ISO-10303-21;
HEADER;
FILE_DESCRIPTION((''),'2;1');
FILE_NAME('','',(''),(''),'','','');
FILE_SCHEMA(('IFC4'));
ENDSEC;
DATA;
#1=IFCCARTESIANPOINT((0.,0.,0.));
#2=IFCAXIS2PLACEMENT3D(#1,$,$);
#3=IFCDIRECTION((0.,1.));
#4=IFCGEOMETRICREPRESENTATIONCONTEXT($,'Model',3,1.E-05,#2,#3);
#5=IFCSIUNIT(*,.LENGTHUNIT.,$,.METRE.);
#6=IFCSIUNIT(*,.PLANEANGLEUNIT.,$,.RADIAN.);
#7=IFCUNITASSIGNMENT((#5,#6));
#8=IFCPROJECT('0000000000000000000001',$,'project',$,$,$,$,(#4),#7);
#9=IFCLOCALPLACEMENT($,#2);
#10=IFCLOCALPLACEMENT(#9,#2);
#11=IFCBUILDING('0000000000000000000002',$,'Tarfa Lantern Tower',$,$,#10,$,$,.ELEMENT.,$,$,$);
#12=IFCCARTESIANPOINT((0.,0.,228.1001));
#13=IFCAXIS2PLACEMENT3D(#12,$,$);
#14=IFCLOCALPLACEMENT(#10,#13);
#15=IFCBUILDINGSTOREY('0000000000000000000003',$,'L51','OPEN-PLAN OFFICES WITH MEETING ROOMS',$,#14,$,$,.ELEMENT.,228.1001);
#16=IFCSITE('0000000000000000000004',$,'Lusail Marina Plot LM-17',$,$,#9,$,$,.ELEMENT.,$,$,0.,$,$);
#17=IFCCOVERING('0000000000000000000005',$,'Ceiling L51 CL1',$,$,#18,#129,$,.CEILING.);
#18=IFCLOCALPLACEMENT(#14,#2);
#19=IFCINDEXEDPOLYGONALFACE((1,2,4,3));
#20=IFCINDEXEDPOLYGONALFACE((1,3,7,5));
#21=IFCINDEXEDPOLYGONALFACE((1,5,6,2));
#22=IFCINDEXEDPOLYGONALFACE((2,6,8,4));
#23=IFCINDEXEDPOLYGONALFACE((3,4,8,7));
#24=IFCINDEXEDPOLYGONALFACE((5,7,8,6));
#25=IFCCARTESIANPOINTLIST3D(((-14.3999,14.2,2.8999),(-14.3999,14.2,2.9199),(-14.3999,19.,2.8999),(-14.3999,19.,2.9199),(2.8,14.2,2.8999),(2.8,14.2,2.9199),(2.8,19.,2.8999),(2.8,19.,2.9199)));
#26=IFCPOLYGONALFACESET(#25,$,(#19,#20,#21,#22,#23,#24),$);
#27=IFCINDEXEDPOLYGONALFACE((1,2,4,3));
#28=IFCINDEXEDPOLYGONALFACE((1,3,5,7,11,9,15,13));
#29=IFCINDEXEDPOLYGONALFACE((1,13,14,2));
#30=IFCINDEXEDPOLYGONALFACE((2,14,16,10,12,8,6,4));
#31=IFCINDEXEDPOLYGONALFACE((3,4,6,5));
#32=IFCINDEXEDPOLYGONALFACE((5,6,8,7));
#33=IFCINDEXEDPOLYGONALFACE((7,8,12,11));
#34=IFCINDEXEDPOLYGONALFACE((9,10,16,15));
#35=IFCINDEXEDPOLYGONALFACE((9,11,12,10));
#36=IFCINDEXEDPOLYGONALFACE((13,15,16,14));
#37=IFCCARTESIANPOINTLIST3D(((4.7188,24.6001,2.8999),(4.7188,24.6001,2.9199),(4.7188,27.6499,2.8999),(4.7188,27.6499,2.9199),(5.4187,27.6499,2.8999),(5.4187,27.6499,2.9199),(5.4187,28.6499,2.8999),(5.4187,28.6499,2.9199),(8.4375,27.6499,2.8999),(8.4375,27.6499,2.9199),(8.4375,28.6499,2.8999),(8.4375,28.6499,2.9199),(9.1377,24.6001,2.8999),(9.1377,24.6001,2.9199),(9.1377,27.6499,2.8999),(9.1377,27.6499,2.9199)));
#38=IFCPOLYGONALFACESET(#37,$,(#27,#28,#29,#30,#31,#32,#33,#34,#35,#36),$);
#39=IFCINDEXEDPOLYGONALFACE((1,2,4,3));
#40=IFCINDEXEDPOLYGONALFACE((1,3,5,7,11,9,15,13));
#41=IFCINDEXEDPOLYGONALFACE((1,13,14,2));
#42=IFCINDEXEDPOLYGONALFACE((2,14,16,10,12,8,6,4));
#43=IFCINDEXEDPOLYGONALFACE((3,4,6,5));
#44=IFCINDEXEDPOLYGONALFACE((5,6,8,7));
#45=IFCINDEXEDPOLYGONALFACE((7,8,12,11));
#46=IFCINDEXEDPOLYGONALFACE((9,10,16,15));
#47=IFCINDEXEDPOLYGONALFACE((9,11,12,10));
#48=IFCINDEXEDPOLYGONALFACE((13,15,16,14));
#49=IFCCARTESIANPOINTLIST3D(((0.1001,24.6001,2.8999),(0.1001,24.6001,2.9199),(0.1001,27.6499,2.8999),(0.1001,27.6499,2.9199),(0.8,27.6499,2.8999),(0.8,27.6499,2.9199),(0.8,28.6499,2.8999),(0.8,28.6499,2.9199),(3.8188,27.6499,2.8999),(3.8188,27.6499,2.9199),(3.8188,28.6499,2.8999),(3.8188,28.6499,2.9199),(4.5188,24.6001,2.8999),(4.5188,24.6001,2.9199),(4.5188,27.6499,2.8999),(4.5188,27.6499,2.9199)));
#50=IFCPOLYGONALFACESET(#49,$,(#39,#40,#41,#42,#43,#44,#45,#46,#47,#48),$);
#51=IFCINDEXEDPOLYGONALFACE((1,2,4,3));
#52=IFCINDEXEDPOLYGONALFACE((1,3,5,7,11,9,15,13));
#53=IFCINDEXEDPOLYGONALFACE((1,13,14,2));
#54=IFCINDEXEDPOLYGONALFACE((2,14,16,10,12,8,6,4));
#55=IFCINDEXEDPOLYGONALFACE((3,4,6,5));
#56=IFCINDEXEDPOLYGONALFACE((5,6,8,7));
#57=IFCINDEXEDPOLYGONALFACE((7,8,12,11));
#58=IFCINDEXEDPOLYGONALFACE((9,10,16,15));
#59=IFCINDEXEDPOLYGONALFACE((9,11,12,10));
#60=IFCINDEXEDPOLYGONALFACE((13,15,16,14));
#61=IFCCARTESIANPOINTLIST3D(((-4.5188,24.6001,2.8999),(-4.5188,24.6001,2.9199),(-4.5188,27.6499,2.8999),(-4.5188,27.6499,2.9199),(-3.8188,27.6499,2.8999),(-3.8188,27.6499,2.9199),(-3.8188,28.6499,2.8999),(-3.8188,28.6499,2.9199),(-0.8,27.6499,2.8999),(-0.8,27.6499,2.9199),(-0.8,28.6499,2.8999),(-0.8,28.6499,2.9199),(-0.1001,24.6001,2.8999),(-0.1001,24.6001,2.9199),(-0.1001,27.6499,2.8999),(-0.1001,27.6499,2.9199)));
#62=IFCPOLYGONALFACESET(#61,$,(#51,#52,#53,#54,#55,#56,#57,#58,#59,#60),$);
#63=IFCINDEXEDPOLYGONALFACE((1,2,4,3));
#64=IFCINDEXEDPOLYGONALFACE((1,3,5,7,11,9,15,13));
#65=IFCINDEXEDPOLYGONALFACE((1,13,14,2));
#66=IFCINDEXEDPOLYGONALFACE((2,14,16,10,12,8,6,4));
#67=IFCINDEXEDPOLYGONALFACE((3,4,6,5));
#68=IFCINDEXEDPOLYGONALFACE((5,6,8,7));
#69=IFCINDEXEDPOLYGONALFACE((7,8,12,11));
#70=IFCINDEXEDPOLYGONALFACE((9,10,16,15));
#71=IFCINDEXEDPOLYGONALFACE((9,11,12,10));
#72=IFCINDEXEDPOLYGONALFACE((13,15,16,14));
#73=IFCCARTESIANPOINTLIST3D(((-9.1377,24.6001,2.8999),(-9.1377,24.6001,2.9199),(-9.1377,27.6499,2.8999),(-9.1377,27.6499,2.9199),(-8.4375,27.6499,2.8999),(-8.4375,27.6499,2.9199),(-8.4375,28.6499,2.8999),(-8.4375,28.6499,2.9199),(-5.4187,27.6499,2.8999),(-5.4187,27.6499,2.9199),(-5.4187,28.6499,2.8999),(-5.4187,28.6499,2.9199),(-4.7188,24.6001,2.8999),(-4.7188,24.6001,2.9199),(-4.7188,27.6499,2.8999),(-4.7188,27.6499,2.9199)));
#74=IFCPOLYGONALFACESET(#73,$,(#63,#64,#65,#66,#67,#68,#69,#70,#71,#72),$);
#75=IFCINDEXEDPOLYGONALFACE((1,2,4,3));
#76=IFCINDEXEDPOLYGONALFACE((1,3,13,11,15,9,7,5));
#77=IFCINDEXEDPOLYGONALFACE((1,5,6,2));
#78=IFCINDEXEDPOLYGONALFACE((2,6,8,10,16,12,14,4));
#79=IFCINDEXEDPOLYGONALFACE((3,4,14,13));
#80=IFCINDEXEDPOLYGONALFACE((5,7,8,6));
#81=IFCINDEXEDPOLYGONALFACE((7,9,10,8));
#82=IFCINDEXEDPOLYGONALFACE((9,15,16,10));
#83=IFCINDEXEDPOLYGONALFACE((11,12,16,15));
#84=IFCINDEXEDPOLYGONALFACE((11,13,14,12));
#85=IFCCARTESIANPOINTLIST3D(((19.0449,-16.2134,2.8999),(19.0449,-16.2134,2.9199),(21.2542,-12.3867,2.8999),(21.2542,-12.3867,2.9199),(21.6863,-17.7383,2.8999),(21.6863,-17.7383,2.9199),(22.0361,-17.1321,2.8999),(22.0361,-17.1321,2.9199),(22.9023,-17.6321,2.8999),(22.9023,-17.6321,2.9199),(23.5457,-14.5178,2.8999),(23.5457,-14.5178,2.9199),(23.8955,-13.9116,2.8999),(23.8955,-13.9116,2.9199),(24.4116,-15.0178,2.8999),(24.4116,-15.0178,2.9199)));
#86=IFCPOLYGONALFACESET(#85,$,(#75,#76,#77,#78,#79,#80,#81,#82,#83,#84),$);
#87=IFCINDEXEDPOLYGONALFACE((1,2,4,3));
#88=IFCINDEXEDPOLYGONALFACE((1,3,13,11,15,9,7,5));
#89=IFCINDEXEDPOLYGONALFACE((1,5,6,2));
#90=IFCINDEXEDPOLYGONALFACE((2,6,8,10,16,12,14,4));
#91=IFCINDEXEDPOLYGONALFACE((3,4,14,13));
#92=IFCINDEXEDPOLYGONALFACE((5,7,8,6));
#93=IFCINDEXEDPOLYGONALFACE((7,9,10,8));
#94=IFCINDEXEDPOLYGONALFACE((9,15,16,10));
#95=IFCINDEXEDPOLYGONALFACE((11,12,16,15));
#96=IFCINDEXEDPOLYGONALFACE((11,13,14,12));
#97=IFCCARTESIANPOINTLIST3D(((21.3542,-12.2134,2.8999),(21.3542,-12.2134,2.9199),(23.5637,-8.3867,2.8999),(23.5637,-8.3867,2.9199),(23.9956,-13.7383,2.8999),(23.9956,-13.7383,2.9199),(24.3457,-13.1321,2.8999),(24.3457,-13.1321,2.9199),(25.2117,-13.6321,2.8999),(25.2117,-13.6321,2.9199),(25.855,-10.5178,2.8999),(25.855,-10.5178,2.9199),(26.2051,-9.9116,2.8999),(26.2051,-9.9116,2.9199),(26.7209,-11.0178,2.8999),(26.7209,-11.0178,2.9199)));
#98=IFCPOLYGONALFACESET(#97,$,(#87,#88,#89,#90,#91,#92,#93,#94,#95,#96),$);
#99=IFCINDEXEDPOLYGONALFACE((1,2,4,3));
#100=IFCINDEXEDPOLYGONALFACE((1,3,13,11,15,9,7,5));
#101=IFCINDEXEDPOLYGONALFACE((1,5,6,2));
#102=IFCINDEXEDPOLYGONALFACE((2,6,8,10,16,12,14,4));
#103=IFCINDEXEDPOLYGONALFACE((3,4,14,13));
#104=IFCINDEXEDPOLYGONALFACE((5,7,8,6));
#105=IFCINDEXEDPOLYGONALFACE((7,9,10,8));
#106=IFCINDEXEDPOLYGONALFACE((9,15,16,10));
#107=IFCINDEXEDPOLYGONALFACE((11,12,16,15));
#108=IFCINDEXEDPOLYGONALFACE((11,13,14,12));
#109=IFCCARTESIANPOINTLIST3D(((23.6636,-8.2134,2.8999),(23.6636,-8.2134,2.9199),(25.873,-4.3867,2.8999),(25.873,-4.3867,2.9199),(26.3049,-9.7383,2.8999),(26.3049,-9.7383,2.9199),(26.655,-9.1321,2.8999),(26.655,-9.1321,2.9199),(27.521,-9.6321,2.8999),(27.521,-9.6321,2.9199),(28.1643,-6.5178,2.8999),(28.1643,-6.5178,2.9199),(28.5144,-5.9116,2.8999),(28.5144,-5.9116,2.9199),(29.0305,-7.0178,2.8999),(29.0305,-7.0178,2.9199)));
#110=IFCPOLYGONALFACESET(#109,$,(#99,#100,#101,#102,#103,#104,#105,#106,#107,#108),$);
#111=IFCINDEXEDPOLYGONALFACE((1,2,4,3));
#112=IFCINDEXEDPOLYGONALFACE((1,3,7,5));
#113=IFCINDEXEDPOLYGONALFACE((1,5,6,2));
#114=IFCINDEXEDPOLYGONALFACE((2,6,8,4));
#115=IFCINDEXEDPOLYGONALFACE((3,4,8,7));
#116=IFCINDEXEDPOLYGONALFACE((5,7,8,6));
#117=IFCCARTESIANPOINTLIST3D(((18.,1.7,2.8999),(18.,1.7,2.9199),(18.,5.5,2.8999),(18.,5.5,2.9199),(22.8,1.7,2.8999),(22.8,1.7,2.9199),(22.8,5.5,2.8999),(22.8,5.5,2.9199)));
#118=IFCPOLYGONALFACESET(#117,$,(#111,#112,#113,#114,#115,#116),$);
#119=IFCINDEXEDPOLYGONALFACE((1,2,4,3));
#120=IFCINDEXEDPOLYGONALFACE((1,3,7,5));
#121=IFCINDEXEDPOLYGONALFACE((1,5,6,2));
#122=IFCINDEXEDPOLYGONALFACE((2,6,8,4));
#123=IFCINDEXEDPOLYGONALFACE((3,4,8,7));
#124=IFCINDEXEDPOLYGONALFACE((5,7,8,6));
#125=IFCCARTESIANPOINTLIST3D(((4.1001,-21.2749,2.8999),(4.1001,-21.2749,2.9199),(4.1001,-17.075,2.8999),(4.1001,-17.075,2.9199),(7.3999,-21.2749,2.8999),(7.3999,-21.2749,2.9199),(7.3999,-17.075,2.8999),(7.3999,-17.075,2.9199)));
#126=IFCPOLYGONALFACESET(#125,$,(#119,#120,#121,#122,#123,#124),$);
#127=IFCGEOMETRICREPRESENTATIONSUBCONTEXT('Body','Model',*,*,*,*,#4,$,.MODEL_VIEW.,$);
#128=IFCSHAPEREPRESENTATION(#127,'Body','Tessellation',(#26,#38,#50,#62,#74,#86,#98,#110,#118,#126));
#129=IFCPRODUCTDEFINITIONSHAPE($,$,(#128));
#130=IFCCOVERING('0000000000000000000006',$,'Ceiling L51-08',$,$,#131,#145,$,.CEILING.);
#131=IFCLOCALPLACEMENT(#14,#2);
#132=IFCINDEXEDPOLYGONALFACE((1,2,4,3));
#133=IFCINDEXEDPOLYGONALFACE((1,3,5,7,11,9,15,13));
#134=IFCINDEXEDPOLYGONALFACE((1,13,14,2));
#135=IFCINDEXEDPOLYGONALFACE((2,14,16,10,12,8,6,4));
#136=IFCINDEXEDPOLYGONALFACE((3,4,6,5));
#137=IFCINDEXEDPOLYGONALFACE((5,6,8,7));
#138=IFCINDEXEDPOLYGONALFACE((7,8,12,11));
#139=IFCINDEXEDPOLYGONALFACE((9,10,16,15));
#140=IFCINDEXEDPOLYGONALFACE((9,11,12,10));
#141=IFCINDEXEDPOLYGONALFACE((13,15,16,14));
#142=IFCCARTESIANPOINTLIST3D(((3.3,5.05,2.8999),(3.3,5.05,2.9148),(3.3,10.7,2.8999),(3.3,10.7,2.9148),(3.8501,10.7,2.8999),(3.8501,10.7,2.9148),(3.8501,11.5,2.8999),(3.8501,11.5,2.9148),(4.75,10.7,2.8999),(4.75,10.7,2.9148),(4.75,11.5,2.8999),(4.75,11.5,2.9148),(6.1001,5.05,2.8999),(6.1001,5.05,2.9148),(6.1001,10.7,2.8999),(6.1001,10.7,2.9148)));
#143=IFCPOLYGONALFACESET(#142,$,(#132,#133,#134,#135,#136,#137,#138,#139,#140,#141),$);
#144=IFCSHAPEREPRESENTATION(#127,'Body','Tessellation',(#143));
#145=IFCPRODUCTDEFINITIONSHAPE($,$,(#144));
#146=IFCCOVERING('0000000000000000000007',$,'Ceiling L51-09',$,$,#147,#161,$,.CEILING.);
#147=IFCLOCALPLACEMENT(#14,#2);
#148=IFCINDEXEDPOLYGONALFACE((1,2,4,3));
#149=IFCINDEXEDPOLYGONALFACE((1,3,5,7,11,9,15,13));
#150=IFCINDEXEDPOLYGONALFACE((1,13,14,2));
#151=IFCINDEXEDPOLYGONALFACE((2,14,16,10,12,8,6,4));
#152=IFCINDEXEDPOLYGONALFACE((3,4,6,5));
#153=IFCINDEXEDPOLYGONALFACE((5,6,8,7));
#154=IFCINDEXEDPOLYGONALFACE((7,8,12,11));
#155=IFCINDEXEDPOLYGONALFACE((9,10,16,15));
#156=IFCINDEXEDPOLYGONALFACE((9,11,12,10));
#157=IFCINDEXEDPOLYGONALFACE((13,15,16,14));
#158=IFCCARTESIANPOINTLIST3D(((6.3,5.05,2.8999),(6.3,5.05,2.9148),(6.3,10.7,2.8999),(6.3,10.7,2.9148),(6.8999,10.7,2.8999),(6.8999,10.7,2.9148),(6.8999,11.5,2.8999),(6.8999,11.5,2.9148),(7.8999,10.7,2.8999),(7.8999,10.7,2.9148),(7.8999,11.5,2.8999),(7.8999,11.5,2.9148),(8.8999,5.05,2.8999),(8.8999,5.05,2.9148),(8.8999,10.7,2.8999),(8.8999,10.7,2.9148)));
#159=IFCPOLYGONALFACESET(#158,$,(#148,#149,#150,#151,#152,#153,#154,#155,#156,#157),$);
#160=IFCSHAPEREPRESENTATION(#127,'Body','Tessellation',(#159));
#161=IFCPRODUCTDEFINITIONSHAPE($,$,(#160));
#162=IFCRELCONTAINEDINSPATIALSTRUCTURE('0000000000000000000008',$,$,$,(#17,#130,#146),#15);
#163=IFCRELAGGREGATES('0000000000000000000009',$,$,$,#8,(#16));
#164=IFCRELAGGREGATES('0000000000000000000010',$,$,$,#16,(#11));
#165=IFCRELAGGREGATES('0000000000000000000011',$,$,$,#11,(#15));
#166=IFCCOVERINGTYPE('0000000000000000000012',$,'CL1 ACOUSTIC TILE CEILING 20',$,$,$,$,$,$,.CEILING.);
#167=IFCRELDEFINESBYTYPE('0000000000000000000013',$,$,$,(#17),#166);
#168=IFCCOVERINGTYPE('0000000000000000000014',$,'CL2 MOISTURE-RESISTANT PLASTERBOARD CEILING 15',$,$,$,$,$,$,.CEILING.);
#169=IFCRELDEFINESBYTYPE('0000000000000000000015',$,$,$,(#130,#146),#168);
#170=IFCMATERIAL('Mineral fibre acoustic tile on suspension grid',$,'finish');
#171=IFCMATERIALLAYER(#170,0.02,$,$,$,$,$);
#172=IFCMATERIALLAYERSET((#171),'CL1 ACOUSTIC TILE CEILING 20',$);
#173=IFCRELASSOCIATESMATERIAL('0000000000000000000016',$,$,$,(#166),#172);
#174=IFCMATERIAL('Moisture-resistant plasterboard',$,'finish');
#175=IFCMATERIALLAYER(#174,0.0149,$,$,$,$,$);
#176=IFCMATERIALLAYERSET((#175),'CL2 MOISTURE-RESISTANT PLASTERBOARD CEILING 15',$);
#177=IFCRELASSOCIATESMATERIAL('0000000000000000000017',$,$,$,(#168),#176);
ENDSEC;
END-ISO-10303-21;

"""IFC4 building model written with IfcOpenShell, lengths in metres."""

from ifc_helpers import new_model, si_unit, direction, frame, origin, place, context, subcontext, project, spatial, polyline, outline, extrude, material, layer, layer_set, type_object, element, save


model = new_model("IFC4")

# Units and contexts
model_context = context("Model", 3, precision=1e-05, world=origin(), true_north=direction((0.0, 1.0)))
body_context = subcontext(model_context, "Body", "Model", "MODEL_VIEW")
ifc_project = project(units=[si_unit("LENGTHUNIT", "METRE"), si_unit("PLANEANGLEUNIT", "RADIAN")], contexts=[model_context])

# Site, building, storey
site_placement = place(None, origin())
site = spatial("IfcSite", under=ifc_project, at=site_placement, Name="Lusail Marina Plot LM-17", CompositionType="ELEMENT", RefElevation=0.0)
building_placement = place(site_placement, origin())
building = spatial("IfcBuilding", under=site, at=building_placement, Name="Tarfa Lantern Tower", CompositionType="ELEMENT")
storey_placement = place(building_placement, frame((0.0, 0.0, 228.1001)))
storey = spatial("IfcBuildingStorey", under=building, at=storey_placement, Name="L51", Description="OPEN-PLAN OFFICES WITH MEETING ROOMS", CompositionType="ELEMENT", Elevation=228.1001)

# Coverings
ifc_material_1 = material(Name="Mineral fibre acoustic tile on suspension grid", Category="finish")
ifc_layer_1 = layer(ifc_material_1, 0.02)
ifc_layer_set_1 = layer_set([ifc_layer_1], Name="CL1 ACOUSTIC TILE CEILING 20")
covering_type_1 = type_object("IfcCoveringType", Name="CL1 ACOUSTIC TILE CEILING 20", PredefinedType="CEILING", material=ifc_layer_set_1)
covering_1_placement = place(storey_placement, frame((0.0, 0.0, 2.8999)))
element("IfcCovering", 1, at=covering_1_placement, inside=storey, type_object=covering_type_1, Name="Ceiling L51 CL1", PredefinedType="CEILING", context=body_context, shape_type="SweptSolid", body=[
    extrude(outline(polyline([(-14.3999, 19.0), (2.8, 19.0), (2.8, 14.2), (-14.3999, 14.2), (-14.3999, 19.0)])), origin(), (0.0, 0.0, 1.0), 0.02),
    extrude(outline(polyline([(9.1377, 24.6001), (4.7188, 24.6001), (4.7188, 27.6499), (5.4187, 27.6499), (5.4187, 28.6499), (8.4375, 28.6499), (8.4375, 27.6499), (9.1377, 27.6499), (9.1377, 24.6001)])), origin(), (0.0, 0.0, 1.0), 0.02),
    extrude(outline(polyline([(4.5188, 24.6001), (0.1001, 24.6001), (0.1001, 27.6499), (0.8, 27.6499), (0.8, 28.6499), (3.8188, 28.6499), (3.8188, 27.6499), (4.5188, 27.6499), (4.5188, 24.6001)])), origin(), (0.0, 0.0, 1.0), 0.02),
    extrude(outline(polyline([(-0.1001, 24.6001), (-4.5188, 24.6001), (-4.5188, 27.6499), (-3.8188, 27.6499), (-3.8188, 28.6499), (-0.8, 28.6499), (-0.8, 27.6499), (-0.1001, 27.6499), (-0.1001, 24.6001)])), origin(), (0.0, 0.0, 1.0), 0.02),
    extrude(outline(polyline([(-4.7188, 24.6001), (-9.1377, 24.6001), (-9.1377, 27.6499), (-8.4375, 27.6499), (-8.4375, 28.6499), (-5.4187, 28.6499), (-5.4187, 27.6499), (-4.7188, 27.6499), (-4.7188, 24.6001)])), origin(), (0.0, 0.0, 1.0), 0.02),
    extrude(outline(polyline([(21.2542, -12.3867), (23.8955, -13.9116), (23.5457, -14.5178), (24.4116, -15.0178), (22.9023, -17.6321), (22.0361, -17.1321), (21.6863, -17.7383), (19.0449, -16.2134), (21.2542, -12.3867)])), origin(), (0.0, 0.0, 1.0), 0.02),
    extrude(outline(polyline([(23.5637, -8.3867), (26.2051, -9.9116), (25.855, -10.5178), (26.7209, -11.0178), (25.2117, -13.6321), (24.3457, -13.1321), (23.9956, -13.7383), (21.3542, -12.2134), (23.5637, -8.3867)])), origin(), (0.0, 0.0, 1.0), 0.02),
    extrude(outline(polyline([(25.873, -4.3867), (28.5144, -5.9116), (28.1643, -6.5178), (29.0305, -7.0178), (27.521, -9.6321), (26.655, -9.1321), (26.3049, -9.7383), (23.6636, -8.2134), (25.873, -4.3867)])), origin(), (0.0, 0.0, 1.0), 0.02),
    extrude(outline(polyline([(18.0, 5.5), (22.8, 5.5), (22.8, 1.7), (18.0, 1.7), (18.0, 5.5)])), origin(), (0.0, 0.0, 1.0), 0.02),
    extrude(outline(polyline([(7.3999, -21.2749), (4.1001, -21.2749), (4.1001, -17.075), (7.3999, -17.075), (7.3999, -21.2749)])), origin(), (0.0, 0.0, 1.0), 0.02),
])
ifc_material_2 = material(Name="Moisture-resistant plasterboard", Category="finish")
ifc_layer_2 = layer(ifc_material_2, 0.0149)
ifc_layer_set_2 = layer_set([ifc_layer_2], Name="CL2 MOISTURE-RESISTANT PLASTERBOARD CEILING 15")
covering_type_2 = type_object("IfcCoveringType", Name="CL2 MOISTURE-RESISTANT PLASTERBOARD CEILING 15", PredefinedType="CEILING", material=ifc_layer_set_2)
covering_2_placement = place(storey_placement, frame((0.0, 0.0, 2.8999)))
element("IfcCovering", 2, at=covering_2_placement, inside=storey, type_object=covering_type_2, Name="Ceiling L51-08", PredefinedType="CEILING", context=body_context, shape_type="SweptSolid", body=[
    extrude(outline(polyline([(3.3, 5.05), (6.1001, 5.05), (6.1001, 10.7), (4.75, 10.7), (4.75, 11.5), (3.8501, 11.5), (3.8501, 10.7), (3.3, 10.7), (3.3, 5.05)])), origin(), (0.0, 0.0, 1.0), 0.0149),
])
covering_3_placement = place(storey_placement, frame((0.0, 0.0, 2.8999)))
element("IfcCovering", 3, at=covering_3_placement, inside=storey, type_object=covering_type_2, Name="Ceiling L51-09", PredefinedType="CEILING", context=body_context, shape_type="SweptSolid", body=[
    extrude(outline(polyline([(6.3, 5.05), (8.8999, 5.05), (8.8999, 10.7), (7.8999, 10.7), (7.8999, 11.5), (6.8999, 11.5), (6.8999, 10.7), (6.3, 10.7), (6.3, 5.05)])), origin(), (0.0, 0.0, 1.0), 0.0149),
])

save(model, "model.ifc")
